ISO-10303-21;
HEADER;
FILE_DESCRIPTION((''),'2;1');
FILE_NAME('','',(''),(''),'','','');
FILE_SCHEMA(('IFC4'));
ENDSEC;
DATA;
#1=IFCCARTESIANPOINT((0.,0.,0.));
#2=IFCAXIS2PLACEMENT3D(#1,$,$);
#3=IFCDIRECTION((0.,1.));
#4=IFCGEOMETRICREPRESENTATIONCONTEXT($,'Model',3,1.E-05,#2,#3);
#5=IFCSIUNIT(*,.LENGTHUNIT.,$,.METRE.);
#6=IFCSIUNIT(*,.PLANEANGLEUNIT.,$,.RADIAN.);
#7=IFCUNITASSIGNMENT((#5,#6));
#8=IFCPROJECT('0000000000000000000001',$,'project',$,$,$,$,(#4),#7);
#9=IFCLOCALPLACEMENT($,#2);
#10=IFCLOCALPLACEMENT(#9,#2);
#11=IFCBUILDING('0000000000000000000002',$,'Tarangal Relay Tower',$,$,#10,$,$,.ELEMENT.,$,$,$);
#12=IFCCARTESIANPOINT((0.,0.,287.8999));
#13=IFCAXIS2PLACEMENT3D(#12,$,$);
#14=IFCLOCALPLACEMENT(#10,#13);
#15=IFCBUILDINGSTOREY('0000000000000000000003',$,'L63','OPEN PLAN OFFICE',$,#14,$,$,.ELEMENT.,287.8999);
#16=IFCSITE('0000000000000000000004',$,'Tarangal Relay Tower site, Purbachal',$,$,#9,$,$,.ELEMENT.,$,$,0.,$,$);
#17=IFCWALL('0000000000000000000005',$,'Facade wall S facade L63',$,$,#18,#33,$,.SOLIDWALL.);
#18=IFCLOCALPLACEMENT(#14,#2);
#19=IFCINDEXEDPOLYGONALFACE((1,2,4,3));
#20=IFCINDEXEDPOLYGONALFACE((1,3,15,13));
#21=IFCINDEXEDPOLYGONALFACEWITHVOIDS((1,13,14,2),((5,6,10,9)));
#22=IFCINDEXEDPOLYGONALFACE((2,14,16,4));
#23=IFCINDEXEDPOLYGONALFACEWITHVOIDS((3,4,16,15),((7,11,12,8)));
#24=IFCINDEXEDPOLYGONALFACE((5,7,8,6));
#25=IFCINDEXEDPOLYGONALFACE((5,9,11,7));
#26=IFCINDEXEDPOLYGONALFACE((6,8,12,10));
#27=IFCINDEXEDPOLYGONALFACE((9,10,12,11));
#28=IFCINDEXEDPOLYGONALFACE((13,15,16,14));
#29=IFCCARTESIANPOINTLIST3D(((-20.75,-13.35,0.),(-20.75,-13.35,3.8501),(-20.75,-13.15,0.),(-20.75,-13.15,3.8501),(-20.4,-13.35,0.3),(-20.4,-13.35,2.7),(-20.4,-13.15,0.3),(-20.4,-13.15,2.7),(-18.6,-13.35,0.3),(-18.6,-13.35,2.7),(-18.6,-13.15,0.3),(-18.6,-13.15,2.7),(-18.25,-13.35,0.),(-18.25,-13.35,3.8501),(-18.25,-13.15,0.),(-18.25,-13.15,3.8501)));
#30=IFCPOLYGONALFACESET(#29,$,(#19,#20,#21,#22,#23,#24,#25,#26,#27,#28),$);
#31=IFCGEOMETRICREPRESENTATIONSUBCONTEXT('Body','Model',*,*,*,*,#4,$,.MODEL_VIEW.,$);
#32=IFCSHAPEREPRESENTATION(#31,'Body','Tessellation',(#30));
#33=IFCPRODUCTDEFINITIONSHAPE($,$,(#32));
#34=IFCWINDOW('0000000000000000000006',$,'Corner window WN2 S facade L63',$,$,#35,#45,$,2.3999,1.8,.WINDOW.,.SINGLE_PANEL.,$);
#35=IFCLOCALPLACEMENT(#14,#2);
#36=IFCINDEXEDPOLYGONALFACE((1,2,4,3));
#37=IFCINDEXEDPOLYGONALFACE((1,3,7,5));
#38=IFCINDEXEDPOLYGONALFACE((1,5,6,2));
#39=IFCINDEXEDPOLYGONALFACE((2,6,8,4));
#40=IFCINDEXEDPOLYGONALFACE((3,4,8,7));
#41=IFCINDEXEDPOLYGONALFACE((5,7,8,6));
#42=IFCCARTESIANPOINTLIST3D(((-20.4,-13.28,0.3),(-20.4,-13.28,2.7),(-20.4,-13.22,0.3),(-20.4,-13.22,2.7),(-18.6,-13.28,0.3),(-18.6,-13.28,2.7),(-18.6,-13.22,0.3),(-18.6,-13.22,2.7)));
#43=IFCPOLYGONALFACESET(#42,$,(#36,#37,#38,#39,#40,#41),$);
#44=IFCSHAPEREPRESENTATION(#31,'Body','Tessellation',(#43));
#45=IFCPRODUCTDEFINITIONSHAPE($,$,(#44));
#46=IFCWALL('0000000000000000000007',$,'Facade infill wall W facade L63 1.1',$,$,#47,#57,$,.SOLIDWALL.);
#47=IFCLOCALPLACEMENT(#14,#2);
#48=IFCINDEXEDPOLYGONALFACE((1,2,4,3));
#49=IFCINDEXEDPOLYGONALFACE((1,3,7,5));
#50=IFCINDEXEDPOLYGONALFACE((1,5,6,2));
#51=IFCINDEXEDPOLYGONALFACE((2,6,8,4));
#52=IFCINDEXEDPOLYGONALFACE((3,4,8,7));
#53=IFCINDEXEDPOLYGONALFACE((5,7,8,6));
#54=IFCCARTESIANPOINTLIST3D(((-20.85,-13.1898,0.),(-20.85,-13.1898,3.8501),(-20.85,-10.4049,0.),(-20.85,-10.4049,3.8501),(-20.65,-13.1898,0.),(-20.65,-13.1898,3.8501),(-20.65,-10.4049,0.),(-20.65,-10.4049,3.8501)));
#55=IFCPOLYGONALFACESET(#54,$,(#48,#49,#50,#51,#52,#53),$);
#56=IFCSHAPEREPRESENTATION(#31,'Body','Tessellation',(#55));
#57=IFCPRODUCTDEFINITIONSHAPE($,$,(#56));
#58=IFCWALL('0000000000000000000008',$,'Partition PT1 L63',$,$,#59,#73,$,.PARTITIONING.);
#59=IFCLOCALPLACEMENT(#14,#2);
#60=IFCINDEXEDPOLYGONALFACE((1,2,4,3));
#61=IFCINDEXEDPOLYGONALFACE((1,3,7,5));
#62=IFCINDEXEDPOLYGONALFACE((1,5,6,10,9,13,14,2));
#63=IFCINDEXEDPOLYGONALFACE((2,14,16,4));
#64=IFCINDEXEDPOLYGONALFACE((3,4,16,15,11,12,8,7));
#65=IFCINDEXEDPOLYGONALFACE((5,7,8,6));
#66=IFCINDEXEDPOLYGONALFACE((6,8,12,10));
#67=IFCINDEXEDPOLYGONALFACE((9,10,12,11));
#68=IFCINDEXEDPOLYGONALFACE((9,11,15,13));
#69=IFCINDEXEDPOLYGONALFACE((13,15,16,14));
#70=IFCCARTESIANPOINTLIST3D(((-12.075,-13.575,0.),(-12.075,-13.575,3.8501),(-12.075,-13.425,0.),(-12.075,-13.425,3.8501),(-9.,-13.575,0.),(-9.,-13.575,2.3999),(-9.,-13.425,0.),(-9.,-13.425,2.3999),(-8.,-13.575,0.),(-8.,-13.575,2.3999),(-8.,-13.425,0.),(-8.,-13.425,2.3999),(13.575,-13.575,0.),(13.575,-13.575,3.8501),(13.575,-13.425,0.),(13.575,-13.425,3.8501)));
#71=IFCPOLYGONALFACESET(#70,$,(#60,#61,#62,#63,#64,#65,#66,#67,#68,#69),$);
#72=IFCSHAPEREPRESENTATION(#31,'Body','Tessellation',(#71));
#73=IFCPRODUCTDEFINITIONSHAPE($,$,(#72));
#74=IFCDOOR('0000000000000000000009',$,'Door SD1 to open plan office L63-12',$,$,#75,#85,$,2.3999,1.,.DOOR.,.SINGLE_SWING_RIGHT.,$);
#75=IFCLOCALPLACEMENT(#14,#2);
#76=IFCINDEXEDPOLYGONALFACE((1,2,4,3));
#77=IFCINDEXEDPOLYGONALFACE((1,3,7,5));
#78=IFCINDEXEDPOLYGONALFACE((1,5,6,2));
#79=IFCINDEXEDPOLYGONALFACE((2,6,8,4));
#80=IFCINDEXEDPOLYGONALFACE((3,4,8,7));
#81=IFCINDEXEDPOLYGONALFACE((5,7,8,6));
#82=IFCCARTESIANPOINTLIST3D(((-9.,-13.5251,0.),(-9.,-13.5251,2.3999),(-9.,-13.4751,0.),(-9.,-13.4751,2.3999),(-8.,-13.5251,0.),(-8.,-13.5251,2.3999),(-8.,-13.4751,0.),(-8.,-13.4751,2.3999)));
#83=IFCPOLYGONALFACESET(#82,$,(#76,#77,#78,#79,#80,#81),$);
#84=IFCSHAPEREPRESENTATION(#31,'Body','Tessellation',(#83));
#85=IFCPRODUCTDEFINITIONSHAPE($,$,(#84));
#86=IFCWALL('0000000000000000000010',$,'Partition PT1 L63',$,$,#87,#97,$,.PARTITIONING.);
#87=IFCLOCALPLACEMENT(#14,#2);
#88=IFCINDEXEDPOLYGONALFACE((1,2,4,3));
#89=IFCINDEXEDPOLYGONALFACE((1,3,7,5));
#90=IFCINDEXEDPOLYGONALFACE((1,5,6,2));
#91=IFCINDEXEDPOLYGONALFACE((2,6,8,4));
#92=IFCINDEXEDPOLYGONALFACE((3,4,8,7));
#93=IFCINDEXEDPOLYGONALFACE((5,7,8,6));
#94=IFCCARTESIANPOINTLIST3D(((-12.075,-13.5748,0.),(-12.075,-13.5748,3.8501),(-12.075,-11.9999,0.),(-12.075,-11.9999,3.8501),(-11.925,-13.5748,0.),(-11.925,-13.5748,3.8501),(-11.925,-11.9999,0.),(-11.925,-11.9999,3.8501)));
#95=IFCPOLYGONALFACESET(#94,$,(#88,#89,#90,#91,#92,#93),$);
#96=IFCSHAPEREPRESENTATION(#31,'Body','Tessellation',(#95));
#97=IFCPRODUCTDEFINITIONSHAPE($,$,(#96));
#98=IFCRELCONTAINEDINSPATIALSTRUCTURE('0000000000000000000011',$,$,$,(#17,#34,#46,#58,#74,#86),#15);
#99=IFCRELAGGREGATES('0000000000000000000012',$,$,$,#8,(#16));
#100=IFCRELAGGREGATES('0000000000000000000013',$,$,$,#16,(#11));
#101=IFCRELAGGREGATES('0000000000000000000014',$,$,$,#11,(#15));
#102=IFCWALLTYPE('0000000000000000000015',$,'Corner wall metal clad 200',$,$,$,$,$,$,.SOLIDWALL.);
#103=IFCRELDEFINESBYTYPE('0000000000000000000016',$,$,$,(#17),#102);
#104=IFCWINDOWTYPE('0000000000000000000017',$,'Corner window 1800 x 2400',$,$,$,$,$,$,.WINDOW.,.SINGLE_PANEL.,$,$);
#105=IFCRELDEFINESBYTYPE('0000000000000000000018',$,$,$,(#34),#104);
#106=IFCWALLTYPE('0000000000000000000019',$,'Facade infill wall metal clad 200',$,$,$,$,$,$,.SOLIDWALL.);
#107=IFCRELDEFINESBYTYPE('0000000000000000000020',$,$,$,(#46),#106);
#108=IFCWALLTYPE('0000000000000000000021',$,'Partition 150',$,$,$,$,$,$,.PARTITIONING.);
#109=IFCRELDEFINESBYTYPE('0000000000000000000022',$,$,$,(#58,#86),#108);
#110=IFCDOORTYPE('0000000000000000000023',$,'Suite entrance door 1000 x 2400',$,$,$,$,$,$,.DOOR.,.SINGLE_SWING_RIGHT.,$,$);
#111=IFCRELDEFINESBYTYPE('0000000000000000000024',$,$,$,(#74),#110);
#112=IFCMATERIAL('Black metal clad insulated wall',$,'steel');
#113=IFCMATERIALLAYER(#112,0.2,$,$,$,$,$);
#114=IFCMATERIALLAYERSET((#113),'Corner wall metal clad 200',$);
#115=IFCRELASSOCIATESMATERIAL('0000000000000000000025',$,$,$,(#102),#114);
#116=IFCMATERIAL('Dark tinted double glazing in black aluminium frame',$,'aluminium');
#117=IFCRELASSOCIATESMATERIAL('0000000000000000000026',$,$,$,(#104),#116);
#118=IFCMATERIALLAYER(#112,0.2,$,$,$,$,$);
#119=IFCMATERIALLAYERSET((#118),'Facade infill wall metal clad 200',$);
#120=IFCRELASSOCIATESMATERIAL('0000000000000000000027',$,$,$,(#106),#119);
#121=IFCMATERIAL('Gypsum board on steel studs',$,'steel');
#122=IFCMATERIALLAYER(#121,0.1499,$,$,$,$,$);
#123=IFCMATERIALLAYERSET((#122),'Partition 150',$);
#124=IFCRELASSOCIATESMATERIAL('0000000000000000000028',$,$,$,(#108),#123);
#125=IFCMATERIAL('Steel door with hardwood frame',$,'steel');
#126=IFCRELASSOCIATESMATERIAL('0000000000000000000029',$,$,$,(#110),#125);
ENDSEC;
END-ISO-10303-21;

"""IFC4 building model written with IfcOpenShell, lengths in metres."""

from ifc_helpers import new_model, si_unit, direction, frame, frame_2d, origin, place, context, subcontext, project, spatial, rectangle, extrude, material, layer, layer_set, type_object, element, fill, save


model = new_model("IFC4")

# Units and contexts
model_context = context("Model", 3, precision=1e-05, world=origin(), true_north=direction((0.0, 1.0)))
body_context = subcontext(model_context, "Body", "Model", "MODEL_VIEW")
ifc_project = project(units=[si_unit("LENGTHUNIT", "METRE"), si_unit("PLANEANGLEUNIT", "RADIAN")], contexts=[model_context])

# Site, building, storey
site_placement = place(None, origin())
site = spatial("IfcSite", under=ifc_project, at=site_placement, Name="Tarangal Relay Tower site, Purbachal", CompositionType="ELEMENT", RefElevation=0.0)
building_placement = place(site_placement, origin())
building = spatial("IfcBuilding", under=site, at=building_placement, Name="Tarangal Relay Tower", CompositionType="ELEMENT")
storey_placement = place(building_placement, frame((0.0, 0.0, 287.8999)))
storey = spatial("IfcBuildingStorey", under=building, at=storey_placement, Name="L63", Description="OPEN PLAN OFFICE", CompositionType="ELEMENT", Elevation=287.8999)

# Shared definitions
ifc_material_1 = material(Name="Steel door with hardwood frame", Category="steel")

# Shared definitions
ifc_material_2 = material(Name="Black metal clad insulated wall", Category="steel")
ifc_layer_1 = layer(ifc_material_2, 0.2)
ifc_layer_set_1 = layer_set([ifc_layer_1], Name="Corner wall metal clad 200")
wall_type_1 = type_object("IfcWallType", Name="Corner wall metal clad 200", PredefinedType="SOLIDWALL", material=ifc_layer_set_1)

# Shared definitions
ifc_material_3 = material(Name="Dark tinted double glazing in black aluminium frame", Category="aluminium")
window_type = type_object("IfcWindowType", Name="Corner window 1800 x 2400", PartitioningType="SINGLE_PANEL", PredefinedType="WINDOW", material=ifc_material_3)

# Wall, opening, window
wall_1_placement = place(storey_placement, frame((-18.25, -13.25, 0.0), z_axis=(0.0, 0.0, 1.0), x_axis=(-1.0, 0.0, 0.0)))
wall_1 = element("IfcWall", 1, at=wall_1_placement, inside=storey, type_object=wall_type_1, Name="Facade wall S facade L63", PredefinedType="SOLIDWALL", context=body_context, shape_type="SweptSolid", body=[
    extrude(rectangle(XDim=2.5, YDim=0.2, at=frame_2d((1.25, 0.0))), origin(), (0.0, 0.0, 1.0), 3.8501),
])
opening_1_placement = place(wall_1_placement, frame((0.3501, 0.0, 0.3)))
opening_1 = element("IfcOpeningElement", 2, at=opening_1_placement, cuts=wall_1, PredefinedType="OPENING", context=body_context, shape_type="SweptSolid", body=[
    extrude(rectangle(XDim=1.8, YDim=2.3999, at=frame_2d((0.8999, 1.2))), frame((0.0, 0.1099, 0.0), z_axis=(0.0, -1.0, 0.0), x_axis=(1.0, 0.0, 0.0)), (0.0, 0.0, 1.0), 0.22),
])
window_1_placement = place(opening_1_placement, origin())
window_1 = element("IfcWindow", 3, at=window_1_placement, inside=storey, type_object=window_type, Name="Corner window WN2 S facade L63", OverallHeight=2.3999, OverallWidth=1.8, PartitioningType="SINGLE_PANEL", PredefinedType="WINDOW", context=body_context, shape_type="SweptSolid", body=[
    extrude(rectangle(XDim=1.8, YDim=2.3999, at=frame_2d((0.8999, 1.2))), frame((0.0, 0.03, 0.0), z_axis=(0.0, -1.0, 0.0), x_axis=(1.0, 0.0, 0.0)), (0.0, 0.0, 1.0), 0.0601),
])
fill(opening_1, window_1)

# Wall
ifc_layer_2 = layer(ifc_material_2, 0.2)
ifc_layer_set_2 = layer_set([ifc_layer_2], Name="Facade infill wall metal clad 200")
wall_type_2 = type_object("IfcWallType", Name="Facade infill wall metal clad 200", PredefinedType="SOLIDWALL", material=ifc_layer_set_2)
wall_2_placement = place(storey_placement, frame((-20.75, -13.1899, 0.0), z_axis=(0.0, 0.0, 1.0), x_axis=(0.0, 1.0, 0.0)))
element("IfcWall", 4, at=wall_2_placement, inside=storey, type_object=wall_type_2, Name="Facade infill wall W facade L63 1.1", PredefinedType="SOLIDWALL", context=body_context, shape_type="SweptSolid", body=[
    extrude(rectangle(XDim=2.7849, YDim=0.2, at=frame_2d((1.3926, 0.0))), origin(), (0.0, 0.0, 1.0), 3.8501),
])

# Wall, opening, door
ifc_material_4 = material(Name="Gypsum board on steel studs", Category="steel")
ifc_layer_3 = layer(ifc_material_4, 0.1499)
ifc_layer_set_3 = layer_set([ifc_layer_3], Name="Partition 150")
wall_type_3 = type_object("IfcWallType", Name="Partition 150", PredefinedType="PARTITIONING", material=ifc_layer_set_3)
wall_3_placement = place(storey_placement, frame((-12.075, -13.5, 0.0), z_axis=(0.0, 0.0, 1.0), x_axis=(1.0, 0.0, 0.0)))
wall_3 = element("IfcWall", 5, at=wall_3_placement, inside=storey, type_object=wall_type_3, Name="Partition PT1 L63", PredefinedType="PARTITIONING", context=body_context, shape_type="SweptSolid", body=[
    extrude(rectangle(XDim=25.6499, YDim=0.1499, at=frame_2d((12.825, 0.0))), origin(), (0.0, 0.0, 1.0), 3.8501),
])
opening_2_placement = place(wall_3_placement, frame((3.075, 0.0, 0.0)))
opening_2 = element("IfcOpeningElement", 6, at=opening_2_placement, cuts=wall_3, PredefinedType="OPENING", context=body_context, shape_type="SweptSolid", body=[
    extrude(rectangle(XDim=1.0, YDim=2.3999, at=frame_2d((0.5, 1.2))), frame((0.0, 0.085, 0.0), z_axis=(0.0, -1.0, 0.0), x_axis=(1.0, 0.0, 0.0)), (0.0, 0.0, 1.0), 0.1699),
])
door_type_1 = type_object("IfcDoorType", Name="Suite entrance door 1000 x 2400", OperationType="SINGLE_SWING_RIGHT", PredefinedType="DOOR", material=ifc_material_1)
door_1_placement = place(opening_2_placement, origin())
door_1 = element("IfcDoor", 7, at=door_1_placement, inside=storey, type_object=door_type_1, Name="Door SD1 to open plan office L63-12", OperationType="SINGLE_SWING_RIGHT", OverallHeight=2.3999, OverallWidth=1.0, PredefinedType="DOOR", context=body_context, shape_type="SweptSolid", body=[
    extrude(rectangle(XDim=1.0, YDim=2.3999, at=frame_2d((0.5, 1.2))), frame((0.0, 0.0249, 0.0), z_axis=(0.0, -1.0, 0.0), x_axis=(1.0, 0.0, 0.0)), (0.0, 0.0, 1.0), 0.05),
])
fill(opening_2, door_1)

# Wall
wall_4_placement = place(storey_placement, frame((-12.0, -13.575, 0.0), z_axis=(0.0, 0.0, 1.0), x_axis=(0.0, 1.0, 0.0)))
element("IfcWall", 8, at=wall_4_placement, inside=storey, type_object=wall_type_3, Name="Partition PT1 L63", PredefinedType="PARTITIONING", context=body_context, shape_type="SweptSolid", body=[
    extrude(rectangle(XDim=1.575, YDim=0.1499, at=frame_2d((0.7876, 0.0))), origin(), (0.0, 0.0, 1.0), 3.8501),
])

save(model, "model.ifc")
